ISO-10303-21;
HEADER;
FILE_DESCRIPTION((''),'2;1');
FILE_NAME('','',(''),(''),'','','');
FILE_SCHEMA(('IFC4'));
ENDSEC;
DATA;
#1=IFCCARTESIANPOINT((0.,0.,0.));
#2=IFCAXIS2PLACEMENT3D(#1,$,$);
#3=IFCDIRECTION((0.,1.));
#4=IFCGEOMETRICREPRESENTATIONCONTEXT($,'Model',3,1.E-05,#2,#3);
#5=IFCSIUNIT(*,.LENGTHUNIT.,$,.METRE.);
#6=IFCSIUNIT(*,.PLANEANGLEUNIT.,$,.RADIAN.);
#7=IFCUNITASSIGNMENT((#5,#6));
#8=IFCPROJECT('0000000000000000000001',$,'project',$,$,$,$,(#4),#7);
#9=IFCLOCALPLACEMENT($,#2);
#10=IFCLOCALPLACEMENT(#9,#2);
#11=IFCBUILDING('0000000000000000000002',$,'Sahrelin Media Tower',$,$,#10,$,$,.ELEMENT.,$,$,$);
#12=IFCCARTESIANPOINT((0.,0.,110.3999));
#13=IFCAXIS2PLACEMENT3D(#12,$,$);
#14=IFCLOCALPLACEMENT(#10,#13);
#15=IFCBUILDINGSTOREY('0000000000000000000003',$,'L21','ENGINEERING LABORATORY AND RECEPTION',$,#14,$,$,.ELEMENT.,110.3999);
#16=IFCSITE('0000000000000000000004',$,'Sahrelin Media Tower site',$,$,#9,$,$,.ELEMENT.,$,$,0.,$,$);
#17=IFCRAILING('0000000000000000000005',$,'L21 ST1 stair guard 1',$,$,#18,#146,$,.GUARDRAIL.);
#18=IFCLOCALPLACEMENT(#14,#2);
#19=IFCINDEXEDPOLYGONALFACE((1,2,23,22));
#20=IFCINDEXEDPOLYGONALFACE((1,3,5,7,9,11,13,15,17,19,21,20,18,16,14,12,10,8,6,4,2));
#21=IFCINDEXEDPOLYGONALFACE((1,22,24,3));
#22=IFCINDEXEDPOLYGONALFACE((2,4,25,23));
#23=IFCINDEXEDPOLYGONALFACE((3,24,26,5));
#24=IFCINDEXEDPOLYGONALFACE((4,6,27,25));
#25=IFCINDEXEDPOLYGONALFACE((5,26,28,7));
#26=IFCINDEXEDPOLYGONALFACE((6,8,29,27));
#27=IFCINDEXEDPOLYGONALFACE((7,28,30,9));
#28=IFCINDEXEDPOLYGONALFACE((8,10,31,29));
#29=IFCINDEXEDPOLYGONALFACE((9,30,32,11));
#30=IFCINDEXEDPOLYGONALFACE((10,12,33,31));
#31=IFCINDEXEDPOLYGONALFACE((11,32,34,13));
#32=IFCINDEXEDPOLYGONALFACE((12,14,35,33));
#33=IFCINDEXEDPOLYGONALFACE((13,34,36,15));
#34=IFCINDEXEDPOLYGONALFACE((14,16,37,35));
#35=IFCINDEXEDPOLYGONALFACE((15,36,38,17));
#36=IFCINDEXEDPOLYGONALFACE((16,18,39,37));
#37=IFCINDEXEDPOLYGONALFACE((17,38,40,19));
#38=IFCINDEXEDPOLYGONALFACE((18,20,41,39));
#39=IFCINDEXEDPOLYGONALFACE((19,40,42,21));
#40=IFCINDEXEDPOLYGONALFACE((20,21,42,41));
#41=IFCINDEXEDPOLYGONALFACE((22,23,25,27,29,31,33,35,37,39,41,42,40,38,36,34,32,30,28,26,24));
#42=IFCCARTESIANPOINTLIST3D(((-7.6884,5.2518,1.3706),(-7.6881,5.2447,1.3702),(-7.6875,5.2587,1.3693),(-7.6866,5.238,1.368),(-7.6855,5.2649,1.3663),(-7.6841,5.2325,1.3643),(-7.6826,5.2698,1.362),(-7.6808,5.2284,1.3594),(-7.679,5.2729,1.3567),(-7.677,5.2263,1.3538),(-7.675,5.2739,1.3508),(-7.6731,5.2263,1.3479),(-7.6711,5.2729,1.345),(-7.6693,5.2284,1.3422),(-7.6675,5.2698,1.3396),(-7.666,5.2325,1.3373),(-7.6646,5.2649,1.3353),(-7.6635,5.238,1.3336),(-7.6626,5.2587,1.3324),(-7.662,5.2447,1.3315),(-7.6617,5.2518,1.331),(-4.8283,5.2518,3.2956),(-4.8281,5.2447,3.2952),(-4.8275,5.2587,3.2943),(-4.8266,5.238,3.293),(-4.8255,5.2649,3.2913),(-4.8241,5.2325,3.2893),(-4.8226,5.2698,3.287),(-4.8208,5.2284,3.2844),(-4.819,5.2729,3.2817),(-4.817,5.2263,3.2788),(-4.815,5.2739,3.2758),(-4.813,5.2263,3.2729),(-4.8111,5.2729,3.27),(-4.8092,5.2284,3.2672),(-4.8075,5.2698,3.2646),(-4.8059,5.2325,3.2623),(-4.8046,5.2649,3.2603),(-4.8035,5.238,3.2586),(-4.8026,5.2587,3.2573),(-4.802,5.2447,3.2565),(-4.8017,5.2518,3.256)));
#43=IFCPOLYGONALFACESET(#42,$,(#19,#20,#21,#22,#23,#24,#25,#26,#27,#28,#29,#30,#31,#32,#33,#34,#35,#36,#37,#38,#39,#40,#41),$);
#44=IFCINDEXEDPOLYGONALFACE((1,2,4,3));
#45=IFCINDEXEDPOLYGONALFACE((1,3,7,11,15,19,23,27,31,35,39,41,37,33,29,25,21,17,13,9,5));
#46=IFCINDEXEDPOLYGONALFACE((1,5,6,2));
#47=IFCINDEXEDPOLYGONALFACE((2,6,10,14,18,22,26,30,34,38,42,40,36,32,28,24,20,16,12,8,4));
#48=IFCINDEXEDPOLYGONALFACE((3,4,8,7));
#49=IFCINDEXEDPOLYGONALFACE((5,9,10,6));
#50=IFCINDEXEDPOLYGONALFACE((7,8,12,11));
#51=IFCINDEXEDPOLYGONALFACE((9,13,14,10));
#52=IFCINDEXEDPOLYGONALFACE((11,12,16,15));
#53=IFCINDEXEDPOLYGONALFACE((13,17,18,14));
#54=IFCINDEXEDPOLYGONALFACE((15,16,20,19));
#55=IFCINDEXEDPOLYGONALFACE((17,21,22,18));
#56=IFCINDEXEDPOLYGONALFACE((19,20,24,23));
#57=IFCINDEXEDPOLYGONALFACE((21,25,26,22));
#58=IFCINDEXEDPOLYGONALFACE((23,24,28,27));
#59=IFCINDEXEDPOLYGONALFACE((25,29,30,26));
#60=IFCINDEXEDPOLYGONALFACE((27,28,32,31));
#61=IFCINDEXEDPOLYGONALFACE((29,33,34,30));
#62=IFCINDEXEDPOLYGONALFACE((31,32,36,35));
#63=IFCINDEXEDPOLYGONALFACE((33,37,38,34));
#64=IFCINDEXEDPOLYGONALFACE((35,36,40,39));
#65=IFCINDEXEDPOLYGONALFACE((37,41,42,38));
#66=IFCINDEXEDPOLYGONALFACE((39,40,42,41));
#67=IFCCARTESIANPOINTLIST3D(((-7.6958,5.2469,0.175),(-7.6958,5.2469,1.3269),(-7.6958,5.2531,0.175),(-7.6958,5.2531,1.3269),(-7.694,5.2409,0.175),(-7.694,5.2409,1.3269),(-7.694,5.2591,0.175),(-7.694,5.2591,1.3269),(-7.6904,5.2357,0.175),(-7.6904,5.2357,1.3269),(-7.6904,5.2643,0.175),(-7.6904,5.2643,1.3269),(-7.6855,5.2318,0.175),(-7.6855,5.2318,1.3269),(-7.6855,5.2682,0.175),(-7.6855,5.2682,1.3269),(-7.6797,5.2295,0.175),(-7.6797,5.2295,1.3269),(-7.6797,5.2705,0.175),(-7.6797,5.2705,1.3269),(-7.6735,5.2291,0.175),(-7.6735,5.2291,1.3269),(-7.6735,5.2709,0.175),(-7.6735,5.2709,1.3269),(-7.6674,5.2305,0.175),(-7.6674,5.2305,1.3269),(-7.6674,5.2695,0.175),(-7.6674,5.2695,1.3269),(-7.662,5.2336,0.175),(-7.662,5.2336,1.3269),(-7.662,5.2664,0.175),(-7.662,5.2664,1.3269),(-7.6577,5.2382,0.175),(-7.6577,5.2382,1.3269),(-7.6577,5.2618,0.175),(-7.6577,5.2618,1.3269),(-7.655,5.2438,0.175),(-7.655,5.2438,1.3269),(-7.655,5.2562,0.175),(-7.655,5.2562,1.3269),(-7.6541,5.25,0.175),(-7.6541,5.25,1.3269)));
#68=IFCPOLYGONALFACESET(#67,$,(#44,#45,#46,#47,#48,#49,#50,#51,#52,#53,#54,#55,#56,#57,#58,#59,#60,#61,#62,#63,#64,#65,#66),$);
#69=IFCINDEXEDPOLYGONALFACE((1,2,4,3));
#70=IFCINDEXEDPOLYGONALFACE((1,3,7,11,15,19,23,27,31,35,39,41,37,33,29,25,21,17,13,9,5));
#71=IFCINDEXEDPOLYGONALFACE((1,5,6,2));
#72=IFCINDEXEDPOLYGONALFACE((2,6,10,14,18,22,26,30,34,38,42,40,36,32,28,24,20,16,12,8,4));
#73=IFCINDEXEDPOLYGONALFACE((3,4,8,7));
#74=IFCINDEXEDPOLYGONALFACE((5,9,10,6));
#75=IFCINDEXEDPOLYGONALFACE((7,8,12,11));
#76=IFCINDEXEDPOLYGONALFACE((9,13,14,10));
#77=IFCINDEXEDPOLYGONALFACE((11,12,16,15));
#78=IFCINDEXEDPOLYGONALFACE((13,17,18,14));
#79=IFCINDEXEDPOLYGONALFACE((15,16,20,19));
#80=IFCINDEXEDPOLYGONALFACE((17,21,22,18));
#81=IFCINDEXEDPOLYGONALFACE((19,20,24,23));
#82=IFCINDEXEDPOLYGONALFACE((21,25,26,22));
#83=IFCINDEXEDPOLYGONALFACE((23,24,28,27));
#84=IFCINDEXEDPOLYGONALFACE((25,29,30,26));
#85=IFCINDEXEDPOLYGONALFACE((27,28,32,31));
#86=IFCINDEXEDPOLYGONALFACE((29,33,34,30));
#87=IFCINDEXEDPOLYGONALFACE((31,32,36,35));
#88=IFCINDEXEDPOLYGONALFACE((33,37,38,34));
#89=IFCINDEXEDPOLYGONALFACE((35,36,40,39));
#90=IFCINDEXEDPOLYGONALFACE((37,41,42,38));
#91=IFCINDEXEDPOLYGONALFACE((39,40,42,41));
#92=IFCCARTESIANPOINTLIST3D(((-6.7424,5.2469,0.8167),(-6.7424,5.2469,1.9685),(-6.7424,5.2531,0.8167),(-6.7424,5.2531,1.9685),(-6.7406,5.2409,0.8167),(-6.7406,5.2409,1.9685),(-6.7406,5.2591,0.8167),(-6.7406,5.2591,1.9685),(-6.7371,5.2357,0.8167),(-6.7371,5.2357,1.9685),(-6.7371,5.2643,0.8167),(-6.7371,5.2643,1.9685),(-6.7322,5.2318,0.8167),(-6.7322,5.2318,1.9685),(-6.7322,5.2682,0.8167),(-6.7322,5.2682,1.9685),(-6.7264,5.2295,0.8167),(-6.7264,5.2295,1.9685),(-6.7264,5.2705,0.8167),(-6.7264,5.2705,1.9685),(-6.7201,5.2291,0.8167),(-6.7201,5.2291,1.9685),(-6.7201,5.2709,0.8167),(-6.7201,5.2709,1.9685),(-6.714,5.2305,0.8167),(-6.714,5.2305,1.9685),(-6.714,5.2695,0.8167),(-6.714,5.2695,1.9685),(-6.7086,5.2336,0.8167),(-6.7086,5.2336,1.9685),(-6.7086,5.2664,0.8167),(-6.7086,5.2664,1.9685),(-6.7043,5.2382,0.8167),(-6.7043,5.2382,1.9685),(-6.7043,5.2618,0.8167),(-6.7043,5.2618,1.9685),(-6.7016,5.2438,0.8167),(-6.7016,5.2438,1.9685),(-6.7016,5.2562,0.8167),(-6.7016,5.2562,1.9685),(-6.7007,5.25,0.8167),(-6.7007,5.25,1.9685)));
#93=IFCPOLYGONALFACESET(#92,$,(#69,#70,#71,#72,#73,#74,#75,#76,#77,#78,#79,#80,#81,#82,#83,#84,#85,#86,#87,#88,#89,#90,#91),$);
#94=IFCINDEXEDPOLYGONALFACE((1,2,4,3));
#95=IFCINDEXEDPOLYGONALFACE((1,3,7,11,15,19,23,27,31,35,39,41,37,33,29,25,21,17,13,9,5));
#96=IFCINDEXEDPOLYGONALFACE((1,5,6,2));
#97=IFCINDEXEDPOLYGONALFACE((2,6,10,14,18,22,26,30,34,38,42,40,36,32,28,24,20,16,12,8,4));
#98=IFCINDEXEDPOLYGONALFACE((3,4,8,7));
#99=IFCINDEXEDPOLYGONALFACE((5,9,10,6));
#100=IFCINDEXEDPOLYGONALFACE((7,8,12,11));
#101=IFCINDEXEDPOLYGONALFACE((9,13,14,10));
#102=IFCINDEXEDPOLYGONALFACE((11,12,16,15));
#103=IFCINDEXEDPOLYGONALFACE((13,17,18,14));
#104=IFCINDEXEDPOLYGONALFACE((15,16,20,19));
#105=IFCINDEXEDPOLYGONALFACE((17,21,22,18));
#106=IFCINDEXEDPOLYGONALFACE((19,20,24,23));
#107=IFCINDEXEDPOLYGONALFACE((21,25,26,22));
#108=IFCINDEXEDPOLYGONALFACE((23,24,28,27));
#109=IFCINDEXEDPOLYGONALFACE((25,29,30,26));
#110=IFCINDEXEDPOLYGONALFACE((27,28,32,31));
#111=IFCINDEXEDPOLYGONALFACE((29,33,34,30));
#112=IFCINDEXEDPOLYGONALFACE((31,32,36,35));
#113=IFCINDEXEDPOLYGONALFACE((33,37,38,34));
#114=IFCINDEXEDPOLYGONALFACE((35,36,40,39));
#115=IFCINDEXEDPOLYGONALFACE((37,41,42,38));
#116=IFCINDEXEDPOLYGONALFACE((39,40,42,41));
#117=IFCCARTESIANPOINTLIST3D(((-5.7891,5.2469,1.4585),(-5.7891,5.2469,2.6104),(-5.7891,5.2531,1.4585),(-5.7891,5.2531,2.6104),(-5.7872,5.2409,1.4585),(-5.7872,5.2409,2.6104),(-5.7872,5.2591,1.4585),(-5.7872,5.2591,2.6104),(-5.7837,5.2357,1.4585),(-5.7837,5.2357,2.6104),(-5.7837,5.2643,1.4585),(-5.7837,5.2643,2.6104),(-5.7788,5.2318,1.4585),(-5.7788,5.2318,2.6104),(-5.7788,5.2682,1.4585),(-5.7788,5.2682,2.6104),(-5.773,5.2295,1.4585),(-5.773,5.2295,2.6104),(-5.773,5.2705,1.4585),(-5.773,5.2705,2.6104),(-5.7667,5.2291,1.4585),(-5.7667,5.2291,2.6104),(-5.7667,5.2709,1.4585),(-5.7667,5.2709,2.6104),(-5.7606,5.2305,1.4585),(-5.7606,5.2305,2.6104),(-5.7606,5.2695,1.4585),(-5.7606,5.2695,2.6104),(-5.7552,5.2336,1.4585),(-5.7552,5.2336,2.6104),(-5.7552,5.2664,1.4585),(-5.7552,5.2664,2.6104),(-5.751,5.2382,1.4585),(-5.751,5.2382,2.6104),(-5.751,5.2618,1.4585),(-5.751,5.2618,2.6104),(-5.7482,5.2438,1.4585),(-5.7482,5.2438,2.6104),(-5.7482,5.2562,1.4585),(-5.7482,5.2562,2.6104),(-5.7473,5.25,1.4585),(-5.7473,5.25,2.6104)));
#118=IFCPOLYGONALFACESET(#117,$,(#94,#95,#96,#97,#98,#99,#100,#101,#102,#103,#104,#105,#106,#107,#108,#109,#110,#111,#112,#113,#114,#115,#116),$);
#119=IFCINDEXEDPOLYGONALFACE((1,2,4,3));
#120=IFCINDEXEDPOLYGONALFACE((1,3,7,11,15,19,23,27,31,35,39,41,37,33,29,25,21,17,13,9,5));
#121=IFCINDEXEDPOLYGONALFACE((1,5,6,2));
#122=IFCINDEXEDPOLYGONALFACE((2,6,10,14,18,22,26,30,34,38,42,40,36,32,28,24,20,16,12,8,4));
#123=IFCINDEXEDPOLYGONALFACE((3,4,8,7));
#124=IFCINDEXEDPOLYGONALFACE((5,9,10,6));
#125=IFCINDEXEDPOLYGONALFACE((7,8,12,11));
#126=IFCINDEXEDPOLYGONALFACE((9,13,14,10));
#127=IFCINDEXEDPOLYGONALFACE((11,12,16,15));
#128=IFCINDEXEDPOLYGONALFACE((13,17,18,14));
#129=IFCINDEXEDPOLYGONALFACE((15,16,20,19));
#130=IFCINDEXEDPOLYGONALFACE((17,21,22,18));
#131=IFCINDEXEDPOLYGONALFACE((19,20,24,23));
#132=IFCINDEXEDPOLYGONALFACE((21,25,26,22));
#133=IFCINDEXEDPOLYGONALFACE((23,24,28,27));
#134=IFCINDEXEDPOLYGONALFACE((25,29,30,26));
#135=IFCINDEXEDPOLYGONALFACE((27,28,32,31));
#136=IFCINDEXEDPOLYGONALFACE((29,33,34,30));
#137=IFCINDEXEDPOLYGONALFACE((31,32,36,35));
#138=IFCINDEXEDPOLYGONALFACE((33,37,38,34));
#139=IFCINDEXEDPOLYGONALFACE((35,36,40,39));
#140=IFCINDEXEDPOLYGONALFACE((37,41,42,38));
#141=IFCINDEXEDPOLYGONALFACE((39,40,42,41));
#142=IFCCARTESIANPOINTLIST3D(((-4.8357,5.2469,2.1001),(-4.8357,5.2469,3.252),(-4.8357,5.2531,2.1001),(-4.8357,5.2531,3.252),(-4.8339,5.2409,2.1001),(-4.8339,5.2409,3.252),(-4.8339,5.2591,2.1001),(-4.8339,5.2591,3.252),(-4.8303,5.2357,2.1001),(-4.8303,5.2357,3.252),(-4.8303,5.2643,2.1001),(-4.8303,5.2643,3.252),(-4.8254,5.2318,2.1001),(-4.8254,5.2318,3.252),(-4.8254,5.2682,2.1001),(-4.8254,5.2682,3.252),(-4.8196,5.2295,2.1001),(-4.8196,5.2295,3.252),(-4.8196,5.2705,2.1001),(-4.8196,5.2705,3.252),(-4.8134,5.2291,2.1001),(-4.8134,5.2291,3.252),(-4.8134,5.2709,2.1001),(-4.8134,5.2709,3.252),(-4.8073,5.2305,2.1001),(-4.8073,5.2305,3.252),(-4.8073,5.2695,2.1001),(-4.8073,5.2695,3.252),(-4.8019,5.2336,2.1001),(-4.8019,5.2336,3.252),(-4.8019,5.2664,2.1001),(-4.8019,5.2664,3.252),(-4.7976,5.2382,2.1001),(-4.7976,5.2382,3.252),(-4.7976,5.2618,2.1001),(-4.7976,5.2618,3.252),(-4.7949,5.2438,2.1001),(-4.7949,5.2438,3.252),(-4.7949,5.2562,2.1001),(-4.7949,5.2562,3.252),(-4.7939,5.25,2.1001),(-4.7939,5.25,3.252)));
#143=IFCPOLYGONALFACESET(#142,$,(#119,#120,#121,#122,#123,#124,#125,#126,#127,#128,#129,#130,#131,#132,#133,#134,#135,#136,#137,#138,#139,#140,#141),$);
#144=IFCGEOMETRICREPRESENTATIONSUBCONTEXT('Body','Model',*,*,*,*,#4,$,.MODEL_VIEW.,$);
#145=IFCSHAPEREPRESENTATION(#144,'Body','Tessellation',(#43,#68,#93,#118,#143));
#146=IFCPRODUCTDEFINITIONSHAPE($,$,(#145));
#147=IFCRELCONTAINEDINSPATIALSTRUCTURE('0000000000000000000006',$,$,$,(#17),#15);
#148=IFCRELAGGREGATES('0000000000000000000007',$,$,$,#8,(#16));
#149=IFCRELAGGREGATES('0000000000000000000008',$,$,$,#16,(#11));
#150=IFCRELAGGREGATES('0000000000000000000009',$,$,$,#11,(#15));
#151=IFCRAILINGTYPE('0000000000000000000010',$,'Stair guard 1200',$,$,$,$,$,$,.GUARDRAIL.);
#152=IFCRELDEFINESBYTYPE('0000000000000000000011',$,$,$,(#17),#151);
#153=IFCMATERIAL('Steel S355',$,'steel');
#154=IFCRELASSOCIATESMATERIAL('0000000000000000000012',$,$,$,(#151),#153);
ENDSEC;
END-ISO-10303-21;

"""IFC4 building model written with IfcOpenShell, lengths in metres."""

from ifc_helpers import new_model, si_unit, direction, frame, origin, origin_2d, place, context, subcontext, project, spatial, circle, extrude, material, type_object, element, save


model = new_model("IFC4")

# Units and contexts
model_context = context("Model", 3, precision=1e-05, world=origin(), true_north=direction((0.0, 1.0)))
body_context = subcontext(model_context, "Body", "Model", "MODEL_VIEW")
ifc_project = project(units=[si_unit("LENGTHUNIT", "METRE"), si_unit("PLANEANGLEUNIT", "RADIAN")], contexts=[model_context])

# Site, building, storey
site_placement = place(None, origin())
site = spatial("IfcSite", under=ifc_project, at=site_placement, Name="Sahrelin Media Tower site", CompositionType="ELEMENT", RefElevation=0.0)
building_placement = place(site_placement, origin())
building = spatial("IfcBuilding", under=site, at=building_placement, Name="Sahrelin Media Tower", CompositionType="ELEMENT")
storey_placement = place(building_placement, frame((0.0, 0.0, 110.3999)))
storey = spatial("IfcBuildingStorey", under=building, at=storey_placement, Name="L21", Description="ENGINEERING LABORATORY AND RECEPTION", CompositionType="ELEMENT", Elevation=110.3999)

# Shared definitions
ifc_material_1 = material(Name="Steel S355", Category="steel")

# Railing
railing_type_1 = type_object("IfcRailingType", Name="Stair guard 1200", PredefinedType="GUARDRAIL", material=ifc_material_1)
railing_1_placement = place(storey_placement, frame((-7.675, 5.25, 0.175)))
element("IfcRailing", 1, at=railing_1_placement, inside=storey, type_object=railing_type_1, Name="L21 ST1 stair guard 1", PredefinedType="GUARDRAIL", context=body_context, shape_type="SweptSolid", body=[
    extrude(circle(Radius=0.0239, at=origin_2d()), frame((0.0, 0.0, 1.1758), z_axis=(0.829591, 0.0, 0.558372), x_axis=(0.0, 1.0, 0.0)), (0.0, 0.0, 1.0), 3.4475),
    extrude(circle(Radius=0.021, at=origin_2d()), origin(), (0.0, 0.0, 1.0), 1.1519),
    extrude(circle(Radius=0.021, at=origin_2d()), frame((0.9534, 0.0, 0.6416)), (0.0, 0.0, 1.0), 1.1519),
    extrude(circle(Radius=0.021, at=origin_2d()), frame((1.9067, 0.0, 1.2834)), (0.0, 0.0, 1.0), 1.1519),
    extrude(circle(Radius=0.021, at=origin_2d()), frame((2.8601, 0.0, 1.925)), (0.0, 0.0, 1.0), 1.1519),
])

save(model, "model.ifc")
